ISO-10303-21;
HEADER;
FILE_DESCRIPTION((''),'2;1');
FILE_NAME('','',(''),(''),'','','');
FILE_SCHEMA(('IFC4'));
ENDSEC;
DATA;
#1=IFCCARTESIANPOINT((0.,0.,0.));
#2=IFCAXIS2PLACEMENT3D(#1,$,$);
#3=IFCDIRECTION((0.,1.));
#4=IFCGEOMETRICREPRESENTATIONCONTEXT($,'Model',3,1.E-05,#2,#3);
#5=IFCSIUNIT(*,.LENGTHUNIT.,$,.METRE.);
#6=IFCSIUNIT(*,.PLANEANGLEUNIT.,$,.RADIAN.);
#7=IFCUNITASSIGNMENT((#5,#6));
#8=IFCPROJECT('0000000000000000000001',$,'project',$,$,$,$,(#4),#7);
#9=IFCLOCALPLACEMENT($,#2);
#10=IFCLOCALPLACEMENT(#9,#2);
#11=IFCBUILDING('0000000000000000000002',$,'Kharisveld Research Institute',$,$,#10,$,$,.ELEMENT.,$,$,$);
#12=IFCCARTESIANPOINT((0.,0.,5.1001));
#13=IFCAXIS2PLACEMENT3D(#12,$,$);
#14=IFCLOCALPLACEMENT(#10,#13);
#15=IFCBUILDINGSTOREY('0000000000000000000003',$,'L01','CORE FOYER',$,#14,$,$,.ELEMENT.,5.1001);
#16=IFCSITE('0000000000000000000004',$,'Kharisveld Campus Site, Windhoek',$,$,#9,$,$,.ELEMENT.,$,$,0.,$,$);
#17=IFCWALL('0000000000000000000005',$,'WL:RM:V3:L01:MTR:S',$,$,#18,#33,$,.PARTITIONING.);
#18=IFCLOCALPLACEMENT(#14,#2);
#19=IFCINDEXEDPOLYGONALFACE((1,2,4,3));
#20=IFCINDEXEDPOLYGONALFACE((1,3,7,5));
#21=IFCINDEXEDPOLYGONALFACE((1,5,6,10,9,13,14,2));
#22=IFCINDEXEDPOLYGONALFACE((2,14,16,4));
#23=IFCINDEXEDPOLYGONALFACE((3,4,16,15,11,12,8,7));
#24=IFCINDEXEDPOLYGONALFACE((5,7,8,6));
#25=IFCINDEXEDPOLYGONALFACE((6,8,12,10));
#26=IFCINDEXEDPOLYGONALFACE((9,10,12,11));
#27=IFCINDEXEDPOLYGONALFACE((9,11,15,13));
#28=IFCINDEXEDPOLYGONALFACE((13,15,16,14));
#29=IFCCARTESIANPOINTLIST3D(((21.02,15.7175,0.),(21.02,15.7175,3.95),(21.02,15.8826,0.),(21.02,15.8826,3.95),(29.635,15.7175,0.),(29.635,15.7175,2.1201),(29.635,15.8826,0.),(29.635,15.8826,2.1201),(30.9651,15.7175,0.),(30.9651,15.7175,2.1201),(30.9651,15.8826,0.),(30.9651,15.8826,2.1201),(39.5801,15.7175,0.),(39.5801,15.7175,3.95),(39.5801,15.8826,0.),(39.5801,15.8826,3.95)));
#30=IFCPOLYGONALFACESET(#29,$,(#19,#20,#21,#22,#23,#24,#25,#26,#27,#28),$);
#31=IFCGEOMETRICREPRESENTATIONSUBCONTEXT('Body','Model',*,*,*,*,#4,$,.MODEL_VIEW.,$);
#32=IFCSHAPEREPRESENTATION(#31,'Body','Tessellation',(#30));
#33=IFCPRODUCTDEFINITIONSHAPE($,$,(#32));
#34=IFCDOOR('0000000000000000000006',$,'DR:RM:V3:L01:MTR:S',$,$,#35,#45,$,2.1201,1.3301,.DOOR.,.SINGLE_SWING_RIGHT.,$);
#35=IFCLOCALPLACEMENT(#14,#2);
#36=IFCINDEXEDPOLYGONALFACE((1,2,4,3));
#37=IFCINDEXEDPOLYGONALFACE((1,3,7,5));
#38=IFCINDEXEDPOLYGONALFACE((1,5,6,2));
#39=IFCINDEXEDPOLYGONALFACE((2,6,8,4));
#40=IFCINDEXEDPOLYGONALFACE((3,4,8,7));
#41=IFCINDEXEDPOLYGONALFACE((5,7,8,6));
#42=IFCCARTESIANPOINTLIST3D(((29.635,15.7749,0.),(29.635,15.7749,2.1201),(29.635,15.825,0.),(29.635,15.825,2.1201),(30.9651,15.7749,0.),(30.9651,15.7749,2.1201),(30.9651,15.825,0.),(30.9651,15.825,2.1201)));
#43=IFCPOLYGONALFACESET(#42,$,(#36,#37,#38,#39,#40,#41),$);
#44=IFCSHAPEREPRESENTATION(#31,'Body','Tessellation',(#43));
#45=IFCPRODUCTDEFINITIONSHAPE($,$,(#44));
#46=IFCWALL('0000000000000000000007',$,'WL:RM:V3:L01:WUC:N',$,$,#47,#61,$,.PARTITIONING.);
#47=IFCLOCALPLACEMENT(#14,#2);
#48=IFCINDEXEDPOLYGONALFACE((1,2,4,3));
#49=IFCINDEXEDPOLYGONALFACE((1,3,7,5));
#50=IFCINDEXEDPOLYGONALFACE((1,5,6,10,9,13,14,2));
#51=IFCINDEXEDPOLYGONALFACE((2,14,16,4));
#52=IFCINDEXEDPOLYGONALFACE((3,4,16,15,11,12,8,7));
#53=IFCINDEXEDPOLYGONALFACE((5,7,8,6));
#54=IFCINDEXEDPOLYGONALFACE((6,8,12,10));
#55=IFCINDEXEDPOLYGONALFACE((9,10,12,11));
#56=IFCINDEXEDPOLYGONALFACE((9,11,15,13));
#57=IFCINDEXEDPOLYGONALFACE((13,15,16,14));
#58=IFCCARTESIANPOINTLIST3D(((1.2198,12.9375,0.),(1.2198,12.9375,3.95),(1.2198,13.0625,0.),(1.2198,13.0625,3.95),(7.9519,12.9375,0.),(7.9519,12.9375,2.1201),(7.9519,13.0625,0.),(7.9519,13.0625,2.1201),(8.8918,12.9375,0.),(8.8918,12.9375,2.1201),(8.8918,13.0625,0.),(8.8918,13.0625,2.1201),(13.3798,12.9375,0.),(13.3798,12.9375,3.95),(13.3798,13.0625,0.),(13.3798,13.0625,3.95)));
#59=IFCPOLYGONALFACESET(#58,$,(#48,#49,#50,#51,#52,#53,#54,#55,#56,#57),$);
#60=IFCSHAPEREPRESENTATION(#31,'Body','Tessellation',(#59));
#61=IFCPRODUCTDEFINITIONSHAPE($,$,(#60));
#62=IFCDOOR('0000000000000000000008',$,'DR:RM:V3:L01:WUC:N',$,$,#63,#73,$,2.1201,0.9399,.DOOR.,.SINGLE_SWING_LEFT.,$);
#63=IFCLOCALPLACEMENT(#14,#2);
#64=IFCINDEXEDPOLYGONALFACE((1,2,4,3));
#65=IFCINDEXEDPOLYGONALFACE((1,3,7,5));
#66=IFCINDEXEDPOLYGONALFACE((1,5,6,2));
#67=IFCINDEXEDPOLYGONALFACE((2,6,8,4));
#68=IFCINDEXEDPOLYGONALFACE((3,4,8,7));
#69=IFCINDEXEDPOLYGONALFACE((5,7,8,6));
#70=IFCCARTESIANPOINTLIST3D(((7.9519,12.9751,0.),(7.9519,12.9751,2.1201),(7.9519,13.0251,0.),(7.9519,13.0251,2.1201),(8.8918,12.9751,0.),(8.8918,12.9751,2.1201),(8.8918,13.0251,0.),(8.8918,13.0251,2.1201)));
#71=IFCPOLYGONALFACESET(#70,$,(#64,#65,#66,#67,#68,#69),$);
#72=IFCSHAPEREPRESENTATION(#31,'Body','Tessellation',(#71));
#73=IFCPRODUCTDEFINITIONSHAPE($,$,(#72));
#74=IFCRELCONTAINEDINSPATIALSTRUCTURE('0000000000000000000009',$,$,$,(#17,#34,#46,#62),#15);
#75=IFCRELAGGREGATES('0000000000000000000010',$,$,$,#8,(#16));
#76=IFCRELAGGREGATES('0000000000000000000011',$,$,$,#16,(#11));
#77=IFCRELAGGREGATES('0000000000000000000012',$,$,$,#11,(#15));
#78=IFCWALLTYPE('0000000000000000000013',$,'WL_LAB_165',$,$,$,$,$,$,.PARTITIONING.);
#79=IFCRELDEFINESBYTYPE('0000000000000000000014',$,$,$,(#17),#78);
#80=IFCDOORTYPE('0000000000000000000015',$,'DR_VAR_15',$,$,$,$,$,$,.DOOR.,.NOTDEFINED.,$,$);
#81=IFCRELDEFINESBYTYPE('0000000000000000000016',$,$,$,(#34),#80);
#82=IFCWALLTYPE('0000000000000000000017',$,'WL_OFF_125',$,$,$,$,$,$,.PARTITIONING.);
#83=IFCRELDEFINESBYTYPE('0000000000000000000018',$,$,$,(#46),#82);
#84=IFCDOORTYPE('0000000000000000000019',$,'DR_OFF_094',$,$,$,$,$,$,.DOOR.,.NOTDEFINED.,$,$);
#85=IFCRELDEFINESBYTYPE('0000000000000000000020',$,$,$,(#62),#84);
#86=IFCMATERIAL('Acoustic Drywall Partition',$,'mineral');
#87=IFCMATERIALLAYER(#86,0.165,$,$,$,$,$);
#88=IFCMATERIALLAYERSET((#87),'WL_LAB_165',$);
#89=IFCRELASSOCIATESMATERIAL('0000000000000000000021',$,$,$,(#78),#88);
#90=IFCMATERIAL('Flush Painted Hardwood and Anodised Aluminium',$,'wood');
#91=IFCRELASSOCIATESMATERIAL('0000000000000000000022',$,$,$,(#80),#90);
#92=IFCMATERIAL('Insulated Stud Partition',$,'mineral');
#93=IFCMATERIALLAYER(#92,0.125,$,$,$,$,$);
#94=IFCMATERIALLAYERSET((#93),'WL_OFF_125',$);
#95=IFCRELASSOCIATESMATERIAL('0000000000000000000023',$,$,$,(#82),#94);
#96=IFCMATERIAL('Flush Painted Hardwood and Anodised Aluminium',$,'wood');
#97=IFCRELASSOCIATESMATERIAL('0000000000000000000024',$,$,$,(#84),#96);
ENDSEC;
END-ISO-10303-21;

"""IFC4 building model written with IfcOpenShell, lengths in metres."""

from ifc_helpers import new_model, si_unit, direction, frame, frame_2d, origin, place, context, subcontext, project, spatial, rectangle, extrude, material, layer, layer_set, type_object, element, fill, save


model = new_model("IFC4")

# Units and contexts
model_context = context("Model", 3, precision=1e-05, world=origin(), true_north=direction((0.0, 1.0)))
body_context = subcontext(model_context, "Body", "Model", "MODEL_VIEW")
ifc_project = project(units=[si_unit("LENGTHUNIT", "METRE"), si_unit("PLANEANGLEUNIT", "RADIAN")], contexts=[model_context])

# Site, building, storey
site_placement = place(None, origin())
site = spatial("IfcSite", under=ifc_project, at=site_placement, Name="Kharisveld Campus Site, Windhoek", CompositionType="ELEMENT", RefElevation=0.0)
building_placement = place(site_placement, origin())
building = spatial("IfcBuilding", under=site, at=building_placement, Name="Kharisveld Research Institute", CompositionType="ELEMENT")
storey_placement = place(building_placement, frame((0.0, 0.0, 5.1001)))
storey = spatial("IfcBuildingStorey", under=building, at=storey_placement, Name="L01", Description="CORE FOYER", CompositionType="ELEMENT", Elevation=5.1001)

# Walls, openings, doors
ifc_material_1 = material(Name="Acoustic Drywall Partition", Category="mineral")
ifc_layer_1 = layer(ifc_material_1, 0.165)
ifc_layer_set_1 = layer_set([ifc_layer_1], Name="WL_LAB_165")
wall_type_1 = type_object("IfcWallType", Name="WL_LAB_165", PredefinedType="PARTITIONING", material=ifc_layer_set_1)
wall_1_placement = place(storey_placement, frame((21.02, 15.8, 0.0), z_axis=(0.0, 0.0, 1.0), x_axis=(1.0, 0.0, 0.0)))
wall_1 = element("IfcWall", 1, at=wall_1_placement, inside=storey, type_object=wall_type_1, Name="WL:RM:V3:L01:MTR:S", PredefinedType="PARTITIONING", context=body_context, shape_type="SweptSolid", body=[
    extrude(rectangle(XDim=18.5601, YDim=0.165, at=frame_2d((9.28, 0.0))), origin(), (0.0, 0.0, 1.0), 3.95),
])
opening_1_placement = place(wall_1_placement, frame((8.615, 0.0, 0.0)))
opening_1 = element("IfcOpeningElement", 2, at=opening_1_placement, cuts=wall_1, PredefinedType="OPENING", context=body_context, shape_type="SweptSolid", body=[
    extrude(rectangle(XDim=1.3301, YDim=2.1201, at=frame_2d((0.665, 1.0601))), frame((0.0, 0.0825, 0.0), z_axis=(0.0, -1.0, 0.0), x_axis=(1.0, 0.0, 0.0)), (0.0, 0.0, 1.0), 0.165),
])
ifc_material_2 = material(Name="Flush Painted Hardwood and Anodised Aluminium", Category="wood")
door_type_1 = type_object("IfcDoorType", Name="DR_VAR_15", OperationType="NOTDEFINED", PredefinedType="DOOR", material=ifc_material_2)
door_1_placement = place(opening_1_placement, origin())
door_1 = element("IfcDoor", 3, at=door_1_placement, inside=storey, type_object=door_type_1, Name="DR:RM:V3:L01:MTR:S", OperationType="SINGLE_SWING_RIGHT", OverallHeight=2.1201, OverallWidth=1.3301, PredefinedType="DOOR", context=body_context, shape_type="SweptSolid", body=[
    extrude(rectangle(XDim=1.3301, YDim=2.1201, at=frame_2d((0.665, 1.0601))), frame((0.0, 0.0249, 0.0), z_axis=(0.0, -1.0, 0.0), x_axis=(1.0, 0.0, 0.0)), (0.0, 0.0, 1.0), 0.05),
])
fill(opening_1, door_1)
ifc_material_3 = material(Name="Insulated Stud Partition", Category="mineral")
ifc_layer_2 = layer(ifc_material_3, 0.125)
ifc_layer_set_2 = layer_set([ifc_layer_2], Name="WL_OFF_125")
wall_type_2 = type_object("IfcWallType", Name="WL_OFF_125", PredefinedType="PARTITIONING", material=ifc_layer_set_2)
wall_2_placement = place(storey_placement, frame((13.3799, 13.0, 0.0), z_axis=(0.0, 0.0, 1.0), x_axis=(-1.0, 0.0, 0.0)))
wall_2 = element("IfcWall", 4, at=wall_2_placement, inside=storey, type_object=wall_type_2, Name="WL:RM:V3:L01:WUC:N", PredefinedType="PARTITIONING", context=body_context, shape_type="SweptSolid", body=[
    extrude(rectangle(XDim=12.1599, YDim=0.125, at=frame_2d((6.0801, 0.0))), origin(), (0.0, 0.0, 1.0), 3.95),
])
opening_2_placement = place(wall_2_placement, frame((4.488, 0.0, 0.0)))
opening_2 = element("IfcOpeningElement", 5, at=opening_2_placement, cuts=wall_2, PredefinedType="OPENING", context=body_context, shape_type="SweptSolid", body=[
    extrude(rectangle(XDim=0.9399, YDim=2.1201, at=frame_2d((0.47, 1.0601))), frame((0.0, 0.0625, 0.0), z_axis=(0.0, -1.0, 0.0), x_axis=(1.0, 0.0, 0.0)), (0.0, 0.0, 1.0), 0.125),
])
ifc_material_4 = material(Name="Flush Painted Hardwood and Anodised Aluminium", Category="wood")
door_type_2 = type_object("IfcDoorType", Name="DR_OFF_094", OperationType="NOTDEFINED", PredefinedType="DOOR", material=ifc_material_4)
door_2_placement = place(opening_2_placement, origin())
door_2 = element("IfcDoor", 6, at=door_2_placement, inside=storey, type_object=door_type_2, Name="DR:RM:V3:L01:WUC:N", OperationType="SINGLE_SWING_LEFT", OverallHeight=2.1201, OverallWidth=0.9399, PredefinedType="DOOR", context=body_context, shape_type="SweptSolid", body=[
    extrude(rectangle(XDim=0.9399, YDim=2.1201, at=frame_2d((0.47, 1.0601))), frame((0.0, 0.0249, 0.0), z_axis=(0.0, -1.0, 0.0), x_axis=(1.0, 0.0, 0.0)), (0.0, 0.0, 1.0), 0.05),
])
fill(opening_2, door_2)

save(model, "model.ifc")
